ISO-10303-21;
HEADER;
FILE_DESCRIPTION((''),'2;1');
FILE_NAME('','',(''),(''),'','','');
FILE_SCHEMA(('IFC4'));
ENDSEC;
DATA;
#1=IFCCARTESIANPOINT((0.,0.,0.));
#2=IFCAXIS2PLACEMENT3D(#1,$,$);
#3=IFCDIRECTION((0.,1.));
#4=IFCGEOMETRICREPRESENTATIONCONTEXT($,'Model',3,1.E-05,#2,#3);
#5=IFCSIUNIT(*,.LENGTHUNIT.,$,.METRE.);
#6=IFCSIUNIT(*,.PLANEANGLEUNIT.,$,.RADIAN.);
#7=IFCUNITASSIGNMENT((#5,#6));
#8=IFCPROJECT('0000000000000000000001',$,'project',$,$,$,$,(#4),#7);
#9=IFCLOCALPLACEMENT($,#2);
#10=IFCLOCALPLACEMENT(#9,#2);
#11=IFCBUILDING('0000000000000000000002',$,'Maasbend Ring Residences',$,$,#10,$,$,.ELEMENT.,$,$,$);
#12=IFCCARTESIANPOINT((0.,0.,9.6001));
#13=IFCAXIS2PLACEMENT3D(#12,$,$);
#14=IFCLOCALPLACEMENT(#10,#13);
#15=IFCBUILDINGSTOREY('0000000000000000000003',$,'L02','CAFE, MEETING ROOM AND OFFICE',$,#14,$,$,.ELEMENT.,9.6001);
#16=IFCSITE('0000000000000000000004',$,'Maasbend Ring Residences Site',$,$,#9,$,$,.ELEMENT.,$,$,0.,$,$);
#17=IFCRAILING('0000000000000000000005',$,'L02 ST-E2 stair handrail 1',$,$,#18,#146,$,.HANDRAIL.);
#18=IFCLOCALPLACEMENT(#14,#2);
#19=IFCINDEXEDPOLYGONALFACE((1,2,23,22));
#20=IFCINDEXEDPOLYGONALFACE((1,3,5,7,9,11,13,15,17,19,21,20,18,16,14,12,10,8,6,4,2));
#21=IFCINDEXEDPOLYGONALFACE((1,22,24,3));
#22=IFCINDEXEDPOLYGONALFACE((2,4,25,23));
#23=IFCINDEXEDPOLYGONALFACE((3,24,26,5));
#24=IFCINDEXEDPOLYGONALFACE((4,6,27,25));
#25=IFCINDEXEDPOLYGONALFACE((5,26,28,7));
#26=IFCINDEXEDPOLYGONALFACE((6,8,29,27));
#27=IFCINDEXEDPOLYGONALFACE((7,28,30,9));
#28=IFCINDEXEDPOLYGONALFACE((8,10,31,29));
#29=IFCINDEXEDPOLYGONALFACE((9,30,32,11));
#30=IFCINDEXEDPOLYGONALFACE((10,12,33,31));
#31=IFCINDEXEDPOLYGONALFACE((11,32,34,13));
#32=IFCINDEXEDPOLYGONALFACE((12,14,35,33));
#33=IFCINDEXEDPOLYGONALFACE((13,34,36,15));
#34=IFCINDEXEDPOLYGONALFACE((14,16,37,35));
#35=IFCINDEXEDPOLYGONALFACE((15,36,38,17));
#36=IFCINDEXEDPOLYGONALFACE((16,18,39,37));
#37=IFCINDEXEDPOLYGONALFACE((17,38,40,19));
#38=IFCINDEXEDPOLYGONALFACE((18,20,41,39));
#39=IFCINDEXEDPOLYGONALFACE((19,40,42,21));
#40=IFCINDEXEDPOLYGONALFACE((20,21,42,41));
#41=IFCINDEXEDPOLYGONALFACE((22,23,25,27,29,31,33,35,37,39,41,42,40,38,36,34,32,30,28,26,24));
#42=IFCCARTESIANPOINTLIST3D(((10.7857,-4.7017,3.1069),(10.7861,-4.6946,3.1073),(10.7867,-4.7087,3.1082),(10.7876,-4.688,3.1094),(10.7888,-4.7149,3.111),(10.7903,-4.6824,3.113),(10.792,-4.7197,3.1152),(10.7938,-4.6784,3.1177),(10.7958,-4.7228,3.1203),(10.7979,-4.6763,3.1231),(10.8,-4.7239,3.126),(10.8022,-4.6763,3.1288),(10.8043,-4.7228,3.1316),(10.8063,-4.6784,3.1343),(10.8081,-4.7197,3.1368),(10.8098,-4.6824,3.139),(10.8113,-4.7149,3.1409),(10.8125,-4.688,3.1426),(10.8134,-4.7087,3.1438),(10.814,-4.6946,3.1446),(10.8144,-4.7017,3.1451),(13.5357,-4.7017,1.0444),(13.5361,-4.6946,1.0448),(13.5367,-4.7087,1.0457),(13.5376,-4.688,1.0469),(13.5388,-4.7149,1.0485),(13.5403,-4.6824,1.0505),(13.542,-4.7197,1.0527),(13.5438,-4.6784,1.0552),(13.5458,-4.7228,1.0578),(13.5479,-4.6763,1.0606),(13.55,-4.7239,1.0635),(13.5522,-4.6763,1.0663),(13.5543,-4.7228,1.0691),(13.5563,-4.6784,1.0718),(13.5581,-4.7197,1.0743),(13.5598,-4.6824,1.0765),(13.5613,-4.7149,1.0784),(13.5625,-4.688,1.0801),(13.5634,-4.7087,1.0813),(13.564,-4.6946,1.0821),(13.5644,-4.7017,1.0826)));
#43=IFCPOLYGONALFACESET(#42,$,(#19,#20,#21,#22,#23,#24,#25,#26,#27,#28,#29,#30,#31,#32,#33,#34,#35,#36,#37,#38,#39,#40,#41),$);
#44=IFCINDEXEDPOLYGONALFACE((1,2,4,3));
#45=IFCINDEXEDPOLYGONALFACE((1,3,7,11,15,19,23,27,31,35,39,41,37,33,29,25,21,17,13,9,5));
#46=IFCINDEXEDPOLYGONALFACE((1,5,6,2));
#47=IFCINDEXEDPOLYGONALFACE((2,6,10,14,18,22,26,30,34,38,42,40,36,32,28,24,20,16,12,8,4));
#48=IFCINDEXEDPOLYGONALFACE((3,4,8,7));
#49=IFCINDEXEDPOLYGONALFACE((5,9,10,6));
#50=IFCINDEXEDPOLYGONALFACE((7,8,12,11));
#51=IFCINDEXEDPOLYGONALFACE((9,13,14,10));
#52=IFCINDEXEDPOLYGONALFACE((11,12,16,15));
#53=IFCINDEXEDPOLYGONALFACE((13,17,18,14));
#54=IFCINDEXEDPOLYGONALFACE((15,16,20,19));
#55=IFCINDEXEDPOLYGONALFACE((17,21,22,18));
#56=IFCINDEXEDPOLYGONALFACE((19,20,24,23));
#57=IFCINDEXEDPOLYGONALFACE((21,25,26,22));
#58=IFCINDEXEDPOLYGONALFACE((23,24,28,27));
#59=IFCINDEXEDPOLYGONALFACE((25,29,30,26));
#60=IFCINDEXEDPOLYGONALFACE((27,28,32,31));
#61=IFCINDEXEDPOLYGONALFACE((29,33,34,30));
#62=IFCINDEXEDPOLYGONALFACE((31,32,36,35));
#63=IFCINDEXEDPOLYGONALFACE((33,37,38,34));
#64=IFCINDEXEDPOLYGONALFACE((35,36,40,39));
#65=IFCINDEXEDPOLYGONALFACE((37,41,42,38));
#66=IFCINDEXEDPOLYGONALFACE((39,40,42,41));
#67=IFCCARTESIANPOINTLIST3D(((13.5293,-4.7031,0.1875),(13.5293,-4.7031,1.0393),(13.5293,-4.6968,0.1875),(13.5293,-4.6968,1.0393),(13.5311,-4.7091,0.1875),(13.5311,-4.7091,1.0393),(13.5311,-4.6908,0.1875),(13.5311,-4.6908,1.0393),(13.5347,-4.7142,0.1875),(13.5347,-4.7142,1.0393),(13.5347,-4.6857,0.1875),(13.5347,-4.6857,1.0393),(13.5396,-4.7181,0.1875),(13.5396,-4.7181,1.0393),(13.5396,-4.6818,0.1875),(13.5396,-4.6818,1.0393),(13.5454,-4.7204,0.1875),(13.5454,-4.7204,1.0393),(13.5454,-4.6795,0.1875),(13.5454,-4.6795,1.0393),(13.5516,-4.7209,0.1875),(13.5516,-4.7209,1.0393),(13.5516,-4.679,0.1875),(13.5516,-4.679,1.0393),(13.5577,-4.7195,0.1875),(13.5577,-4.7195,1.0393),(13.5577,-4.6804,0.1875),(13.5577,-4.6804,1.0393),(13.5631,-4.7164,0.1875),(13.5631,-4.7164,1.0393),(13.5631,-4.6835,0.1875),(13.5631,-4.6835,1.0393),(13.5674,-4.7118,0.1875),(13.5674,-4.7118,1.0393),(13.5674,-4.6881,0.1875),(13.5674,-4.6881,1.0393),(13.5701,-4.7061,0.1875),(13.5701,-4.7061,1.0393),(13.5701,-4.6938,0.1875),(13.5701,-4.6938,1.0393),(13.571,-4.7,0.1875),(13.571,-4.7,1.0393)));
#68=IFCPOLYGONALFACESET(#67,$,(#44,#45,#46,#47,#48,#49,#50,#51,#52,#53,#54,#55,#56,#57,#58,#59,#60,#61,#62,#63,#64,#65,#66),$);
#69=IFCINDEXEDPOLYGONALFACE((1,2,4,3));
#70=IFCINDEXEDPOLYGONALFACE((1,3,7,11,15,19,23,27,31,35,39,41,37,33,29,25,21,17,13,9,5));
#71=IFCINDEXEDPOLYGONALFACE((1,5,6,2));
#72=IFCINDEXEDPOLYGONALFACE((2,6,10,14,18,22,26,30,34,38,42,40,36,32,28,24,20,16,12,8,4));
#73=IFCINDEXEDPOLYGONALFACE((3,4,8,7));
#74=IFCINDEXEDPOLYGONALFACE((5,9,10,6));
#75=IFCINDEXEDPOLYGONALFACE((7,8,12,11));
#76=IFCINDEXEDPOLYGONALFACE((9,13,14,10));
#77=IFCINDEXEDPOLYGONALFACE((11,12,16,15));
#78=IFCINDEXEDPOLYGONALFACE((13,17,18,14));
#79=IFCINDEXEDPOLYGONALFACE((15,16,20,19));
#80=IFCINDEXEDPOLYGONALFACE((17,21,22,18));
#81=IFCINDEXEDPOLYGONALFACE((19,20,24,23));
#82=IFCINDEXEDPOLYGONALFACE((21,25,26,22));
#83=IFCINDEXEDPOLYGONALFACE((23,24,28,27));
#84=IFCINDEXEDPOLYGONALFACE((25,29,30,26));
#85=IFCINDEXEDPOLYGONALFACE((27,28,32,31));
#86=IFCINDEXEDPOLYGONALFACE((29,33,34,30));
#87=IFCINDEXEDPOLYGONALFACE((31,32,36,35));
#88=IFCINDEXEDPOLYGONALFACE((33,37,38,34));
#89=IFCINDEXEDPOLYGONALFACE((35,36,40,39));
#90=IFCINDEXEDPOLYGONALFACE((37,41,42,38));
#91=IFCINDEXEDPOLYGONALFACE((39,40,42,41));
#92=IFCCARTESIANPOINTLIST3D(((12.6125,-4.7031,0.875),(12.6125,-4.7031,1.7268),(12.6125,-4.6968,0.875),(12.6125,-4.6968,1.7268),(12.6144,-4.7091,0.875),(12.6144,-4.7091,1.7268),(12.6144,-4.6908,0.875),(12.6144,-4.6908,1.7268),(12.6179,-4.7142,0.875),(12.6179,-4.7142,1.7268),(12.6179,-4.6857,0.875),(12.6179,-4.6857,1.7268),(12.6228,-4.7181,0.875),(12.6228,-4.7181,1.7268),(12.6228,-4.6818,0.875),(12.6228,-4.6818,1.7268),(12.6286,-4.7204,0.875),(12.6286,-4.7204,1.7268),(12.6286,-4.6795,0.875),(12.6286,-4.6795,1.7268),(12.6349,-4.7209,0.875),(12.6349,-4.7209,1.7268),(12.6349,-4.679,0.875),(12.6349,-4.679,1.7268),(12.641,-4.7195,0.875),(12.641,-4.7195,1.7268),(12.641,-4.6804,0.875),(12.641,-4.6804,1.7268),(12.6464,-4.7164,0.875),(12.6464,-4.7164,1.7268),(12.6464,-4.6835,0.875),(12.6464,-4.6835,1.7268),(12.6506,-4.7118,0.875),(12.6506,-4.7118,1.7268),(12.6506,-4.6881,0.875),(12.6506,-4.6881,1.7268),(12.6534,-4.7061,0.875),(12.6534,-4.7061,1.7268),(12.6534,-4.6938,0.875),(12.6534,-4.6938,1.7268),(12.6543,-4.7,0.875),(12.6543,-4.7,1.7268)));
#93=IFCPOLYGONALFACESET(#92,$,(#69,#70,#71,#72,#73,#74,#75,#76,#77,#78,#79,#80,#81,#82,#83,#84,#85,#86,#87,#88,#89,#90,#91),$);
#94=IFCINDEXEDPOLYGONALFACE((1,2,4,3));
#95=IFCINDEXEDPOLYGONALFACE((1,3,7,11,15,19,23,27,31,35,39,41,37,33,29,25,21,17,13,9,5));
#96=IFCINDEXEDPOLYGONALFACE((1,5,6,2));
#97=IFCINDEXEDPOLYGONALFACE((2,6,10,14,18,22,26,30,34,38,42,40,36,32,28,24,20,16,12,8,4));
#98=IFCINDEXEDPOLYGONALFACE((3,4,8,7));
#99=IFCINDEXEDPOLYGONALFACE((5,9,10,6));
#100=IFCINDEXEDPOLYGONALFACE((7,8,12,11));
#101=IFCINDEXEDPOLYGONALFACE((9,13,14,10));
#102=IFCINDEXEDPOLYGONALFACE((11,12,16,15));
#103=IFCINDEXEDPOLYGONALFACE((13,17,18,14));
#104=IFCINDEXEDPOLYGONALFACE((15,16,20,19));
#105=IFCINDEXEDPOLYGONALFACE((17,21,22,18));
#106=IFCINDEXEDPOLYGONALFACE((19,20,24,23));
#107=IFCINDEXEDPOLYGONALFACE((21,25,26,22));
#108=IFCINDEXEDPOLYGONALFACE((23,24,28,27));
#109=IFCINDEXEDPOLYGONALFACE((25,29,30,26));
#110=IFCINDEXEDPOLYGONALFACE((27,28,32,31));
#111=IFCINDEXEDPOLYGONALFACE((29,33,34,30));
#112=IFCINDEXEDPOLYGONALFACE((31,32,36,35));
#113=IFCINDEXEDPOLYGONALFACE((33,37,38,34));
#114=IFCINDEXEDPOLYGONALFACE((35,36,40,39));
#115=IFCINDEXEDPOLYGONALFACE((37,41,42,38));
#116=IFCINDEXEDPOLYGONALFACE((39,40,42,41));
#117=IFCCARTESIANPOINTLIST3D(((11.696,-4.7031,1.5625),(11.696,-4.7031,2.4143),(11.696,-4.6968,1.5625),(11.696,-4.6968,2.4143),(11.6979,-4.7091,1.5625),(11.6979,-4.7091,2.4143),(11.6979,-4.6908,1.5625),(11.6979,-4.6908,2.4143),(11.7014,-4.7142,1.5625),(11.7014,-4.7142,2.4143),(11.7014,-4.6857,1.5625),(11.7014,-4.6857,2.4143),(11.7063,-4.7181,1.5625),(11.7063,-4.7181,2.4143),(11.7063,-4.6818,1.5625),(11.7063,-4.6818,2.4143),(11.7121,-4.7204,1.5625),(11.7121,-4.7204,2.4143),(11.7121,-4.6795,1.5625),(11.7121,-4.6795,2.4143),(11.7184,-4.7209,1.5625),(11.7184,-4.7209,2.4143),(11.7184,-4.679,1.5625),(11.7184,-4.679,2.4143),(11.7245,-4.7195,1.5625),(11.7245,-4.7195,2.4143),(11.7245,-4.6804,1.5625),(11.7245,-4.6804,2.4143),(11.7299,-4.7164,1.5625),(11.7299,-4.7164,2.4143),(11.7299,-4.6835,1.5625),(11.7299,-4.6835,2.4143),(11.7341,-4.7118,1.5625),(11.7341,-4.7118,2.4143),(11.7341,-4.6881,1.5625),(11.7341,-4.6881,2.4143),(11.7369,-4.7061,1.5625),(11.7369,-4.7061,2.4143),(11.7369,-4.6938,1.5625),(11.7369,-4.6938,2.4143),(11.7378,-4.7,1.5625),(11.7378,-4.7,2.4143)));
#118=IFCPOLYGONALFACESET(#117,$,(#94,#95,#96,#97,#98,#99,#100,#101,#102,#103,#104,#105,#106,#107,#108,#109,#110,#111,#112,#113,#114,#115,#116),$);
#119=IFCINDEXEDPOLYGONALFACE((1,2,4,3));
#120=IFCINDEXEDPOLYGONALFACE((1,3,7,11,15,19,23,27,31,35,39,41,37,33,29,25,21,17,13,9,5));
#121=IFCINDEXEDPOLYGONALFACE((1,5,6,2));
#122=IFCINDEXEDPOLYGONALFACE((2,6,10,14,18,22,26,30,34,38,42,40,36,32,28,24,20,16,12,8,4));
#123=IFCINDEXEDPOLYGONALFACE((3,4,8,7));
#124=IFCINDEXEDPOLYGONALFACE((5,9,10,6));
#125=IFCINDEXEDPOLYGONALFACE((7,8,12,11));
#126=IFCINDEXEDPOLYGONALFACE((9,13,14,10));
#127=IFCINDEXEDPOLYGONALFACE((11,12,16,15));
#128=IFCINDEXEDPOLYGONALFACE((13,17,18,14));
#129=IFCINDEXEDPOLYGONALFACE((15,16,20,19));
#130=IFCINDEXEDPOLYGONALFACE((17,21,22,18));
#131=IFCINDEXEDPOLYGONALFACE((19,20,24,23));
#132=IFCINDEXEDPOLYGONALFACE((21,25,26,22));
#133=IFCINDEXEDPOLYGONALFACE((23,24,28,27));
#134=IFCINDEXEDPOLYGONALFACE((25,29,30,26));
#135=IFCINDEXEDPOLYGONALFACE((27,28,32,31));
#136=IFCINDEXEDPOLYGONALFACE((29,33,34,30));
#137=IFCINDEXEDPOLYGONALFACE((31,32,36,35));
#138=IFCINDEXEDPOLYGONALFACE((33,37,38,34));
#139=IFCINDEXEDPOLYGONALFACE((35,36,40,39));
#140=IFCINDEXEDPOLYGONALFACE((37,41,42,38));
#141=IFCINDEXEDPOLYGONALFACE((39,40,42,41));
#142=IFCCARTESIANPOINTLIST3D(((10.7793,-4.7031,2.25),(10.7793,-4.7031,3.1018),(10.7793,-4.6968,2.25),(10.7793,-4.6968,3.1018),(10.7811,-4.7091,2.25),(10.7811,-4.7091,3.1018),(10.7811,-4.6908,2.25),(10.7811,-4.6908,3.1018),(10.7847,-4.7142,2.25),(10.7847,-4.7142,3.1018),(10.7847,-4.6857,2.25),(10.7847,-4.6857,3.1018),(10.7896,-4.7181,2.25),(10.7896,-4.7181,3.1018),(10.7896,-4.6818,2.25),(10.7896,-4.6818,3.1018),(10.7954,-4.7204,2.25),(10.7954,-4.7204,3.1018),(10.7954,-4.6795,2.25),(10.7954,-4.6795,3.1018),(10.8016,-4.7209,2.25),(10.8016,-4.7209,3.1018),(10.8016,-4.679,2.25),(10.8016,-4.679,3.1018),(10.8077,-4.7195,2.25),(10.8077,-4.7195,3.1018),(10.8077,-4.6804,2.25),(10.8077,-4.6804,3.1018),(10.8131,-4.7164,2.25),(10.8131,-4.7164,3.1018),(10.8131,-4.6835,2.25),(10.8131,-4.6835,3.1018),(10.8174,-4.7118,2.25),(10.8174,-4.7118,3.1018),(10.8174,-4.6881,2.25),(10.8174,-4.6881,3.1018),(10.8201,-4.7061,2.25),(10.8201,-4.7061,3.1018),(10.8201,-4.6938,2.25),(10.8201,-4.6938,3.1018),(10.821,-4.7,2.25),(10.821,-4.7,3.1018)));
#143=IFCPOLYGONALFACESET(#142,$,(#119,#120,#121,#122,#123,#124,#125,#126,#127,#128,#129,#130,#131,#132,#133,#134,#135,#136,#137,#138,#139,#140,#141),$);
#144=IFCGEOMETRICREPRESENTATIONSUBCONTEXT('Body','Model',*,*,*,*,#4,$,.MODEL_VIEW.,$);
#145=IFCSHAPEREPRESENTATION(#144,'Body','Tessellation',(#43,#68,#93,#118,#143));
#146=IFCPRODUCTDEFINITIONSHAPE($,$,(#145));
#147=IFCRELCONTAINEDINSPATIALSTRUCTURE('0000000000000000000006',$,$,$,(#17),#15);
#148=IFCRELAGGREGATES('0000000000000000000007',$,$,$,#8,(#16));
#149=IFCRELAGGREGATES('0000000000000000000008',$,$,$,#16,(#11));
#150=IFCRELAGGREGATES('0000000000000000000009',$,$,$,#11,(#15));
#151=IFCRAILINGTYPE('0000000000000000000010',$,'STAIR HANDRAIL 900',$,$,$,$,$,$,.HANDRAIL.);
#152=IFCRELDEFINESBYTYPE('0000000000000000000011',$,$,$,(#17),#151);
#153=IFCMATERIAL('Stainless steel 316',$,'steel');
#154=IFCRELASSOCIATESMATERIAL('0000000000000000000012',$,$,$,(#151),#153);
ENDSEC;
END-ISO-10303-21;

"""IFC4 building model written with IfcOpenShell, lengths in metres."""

from ifc_helpers import new_model, si_unit, direction, frame, origin, origin_2d, place, context, subcontext, project, spatial, circle, extrude, material, type_object, element, save


model = new_model("IFC4")

# Units and contexts
model_context = context("Model", 3, precision=1e-05, world=origin(), true_north=direction((0.0, 1.0)))
body_context = subcontext(model_context, "Body", "Model", "MODEL_VIEW")
ifc_project = project(units=[si_unit("LENGTHUNIT", "METRE"), si_unit("PLANEANGLEUNIT", "RADIAN")], contexts=[model_context])

# Site, building, storey
site_placement = place(None, origin())
site = spatial("IfcSite", under=ifc_project, at=site_placement, Name="Maasbend Ring Residences Site", CompositionType="ELEMENT", RefElevation=0.0)
building_placement = place(site_placement, origin())
building = spatial("IfcBuilding", under=site, at=building_placement, Name="Maasbend Ring Residences", CompositionType="ELEMENT")
storey_placement = place(building_placement, frame((0.0, 0.0, 9.6001)))
storey = spatial("IfcBuildingStorey", under=building, at=storey_placement, Name="L02", Description="CAFE, MEETING ROOM AND OFFICE", CompositionType="ELEMENT", Elevation=9.6001)

# Railing
ifc_material_1 = material(Name="Stainless steel 316", Category="steel")
railing_type_1 = type_object("IfcRailingType", Name="STAIR HANDRAIL 900", PredefinedType="HANDRAIL", material=ifc_material_1)
railing_1_placement = place(storey_placement, frame((13.55, -4.7, 0.1875)))
element("IfcRailing", 1, at=railing_1_placement, inside=storey, type_object=railing_type_1, Name="L02 ST-E2 stair handrail 1", PredefinedType="HANDRAIL", context=body_context, shape_type="SweptSolid", body=[
    extrude(circle(Radius=0.0239, at=origin_2d()), frame((0.0, 0.0, 0.876), z_axis=(-0.8, 0.0, 0.6), x_axis=(0.0, -1.0, 0.0)), (0.0, 0.0, 1.0), 3.4375),
    extrude(circle(Radius=0.021, at=origin_2d()), origin(), (0.0, 0.0, 1.0), 0.8518),
    extrude(circle(Radius=0.021, at=origin_2d()), frame((-0.9167, 0.0, 0.6875)), (0.0, 0.0, 1.0), 0.8518),
    extrude(circle(Radius=0.021, at=origin_2d()), frame((-1.8333, 0.0, 1.375)), (0.0, 0.0, 1.0), 0.8518),
    extrude(circle(Radius=0.021, at=origin_2d()), frame((-2.75, 0.0, 2.0625)), (0.0, 0.0, 1.0), 0.8518),
])

save(model, "model.ifc")
